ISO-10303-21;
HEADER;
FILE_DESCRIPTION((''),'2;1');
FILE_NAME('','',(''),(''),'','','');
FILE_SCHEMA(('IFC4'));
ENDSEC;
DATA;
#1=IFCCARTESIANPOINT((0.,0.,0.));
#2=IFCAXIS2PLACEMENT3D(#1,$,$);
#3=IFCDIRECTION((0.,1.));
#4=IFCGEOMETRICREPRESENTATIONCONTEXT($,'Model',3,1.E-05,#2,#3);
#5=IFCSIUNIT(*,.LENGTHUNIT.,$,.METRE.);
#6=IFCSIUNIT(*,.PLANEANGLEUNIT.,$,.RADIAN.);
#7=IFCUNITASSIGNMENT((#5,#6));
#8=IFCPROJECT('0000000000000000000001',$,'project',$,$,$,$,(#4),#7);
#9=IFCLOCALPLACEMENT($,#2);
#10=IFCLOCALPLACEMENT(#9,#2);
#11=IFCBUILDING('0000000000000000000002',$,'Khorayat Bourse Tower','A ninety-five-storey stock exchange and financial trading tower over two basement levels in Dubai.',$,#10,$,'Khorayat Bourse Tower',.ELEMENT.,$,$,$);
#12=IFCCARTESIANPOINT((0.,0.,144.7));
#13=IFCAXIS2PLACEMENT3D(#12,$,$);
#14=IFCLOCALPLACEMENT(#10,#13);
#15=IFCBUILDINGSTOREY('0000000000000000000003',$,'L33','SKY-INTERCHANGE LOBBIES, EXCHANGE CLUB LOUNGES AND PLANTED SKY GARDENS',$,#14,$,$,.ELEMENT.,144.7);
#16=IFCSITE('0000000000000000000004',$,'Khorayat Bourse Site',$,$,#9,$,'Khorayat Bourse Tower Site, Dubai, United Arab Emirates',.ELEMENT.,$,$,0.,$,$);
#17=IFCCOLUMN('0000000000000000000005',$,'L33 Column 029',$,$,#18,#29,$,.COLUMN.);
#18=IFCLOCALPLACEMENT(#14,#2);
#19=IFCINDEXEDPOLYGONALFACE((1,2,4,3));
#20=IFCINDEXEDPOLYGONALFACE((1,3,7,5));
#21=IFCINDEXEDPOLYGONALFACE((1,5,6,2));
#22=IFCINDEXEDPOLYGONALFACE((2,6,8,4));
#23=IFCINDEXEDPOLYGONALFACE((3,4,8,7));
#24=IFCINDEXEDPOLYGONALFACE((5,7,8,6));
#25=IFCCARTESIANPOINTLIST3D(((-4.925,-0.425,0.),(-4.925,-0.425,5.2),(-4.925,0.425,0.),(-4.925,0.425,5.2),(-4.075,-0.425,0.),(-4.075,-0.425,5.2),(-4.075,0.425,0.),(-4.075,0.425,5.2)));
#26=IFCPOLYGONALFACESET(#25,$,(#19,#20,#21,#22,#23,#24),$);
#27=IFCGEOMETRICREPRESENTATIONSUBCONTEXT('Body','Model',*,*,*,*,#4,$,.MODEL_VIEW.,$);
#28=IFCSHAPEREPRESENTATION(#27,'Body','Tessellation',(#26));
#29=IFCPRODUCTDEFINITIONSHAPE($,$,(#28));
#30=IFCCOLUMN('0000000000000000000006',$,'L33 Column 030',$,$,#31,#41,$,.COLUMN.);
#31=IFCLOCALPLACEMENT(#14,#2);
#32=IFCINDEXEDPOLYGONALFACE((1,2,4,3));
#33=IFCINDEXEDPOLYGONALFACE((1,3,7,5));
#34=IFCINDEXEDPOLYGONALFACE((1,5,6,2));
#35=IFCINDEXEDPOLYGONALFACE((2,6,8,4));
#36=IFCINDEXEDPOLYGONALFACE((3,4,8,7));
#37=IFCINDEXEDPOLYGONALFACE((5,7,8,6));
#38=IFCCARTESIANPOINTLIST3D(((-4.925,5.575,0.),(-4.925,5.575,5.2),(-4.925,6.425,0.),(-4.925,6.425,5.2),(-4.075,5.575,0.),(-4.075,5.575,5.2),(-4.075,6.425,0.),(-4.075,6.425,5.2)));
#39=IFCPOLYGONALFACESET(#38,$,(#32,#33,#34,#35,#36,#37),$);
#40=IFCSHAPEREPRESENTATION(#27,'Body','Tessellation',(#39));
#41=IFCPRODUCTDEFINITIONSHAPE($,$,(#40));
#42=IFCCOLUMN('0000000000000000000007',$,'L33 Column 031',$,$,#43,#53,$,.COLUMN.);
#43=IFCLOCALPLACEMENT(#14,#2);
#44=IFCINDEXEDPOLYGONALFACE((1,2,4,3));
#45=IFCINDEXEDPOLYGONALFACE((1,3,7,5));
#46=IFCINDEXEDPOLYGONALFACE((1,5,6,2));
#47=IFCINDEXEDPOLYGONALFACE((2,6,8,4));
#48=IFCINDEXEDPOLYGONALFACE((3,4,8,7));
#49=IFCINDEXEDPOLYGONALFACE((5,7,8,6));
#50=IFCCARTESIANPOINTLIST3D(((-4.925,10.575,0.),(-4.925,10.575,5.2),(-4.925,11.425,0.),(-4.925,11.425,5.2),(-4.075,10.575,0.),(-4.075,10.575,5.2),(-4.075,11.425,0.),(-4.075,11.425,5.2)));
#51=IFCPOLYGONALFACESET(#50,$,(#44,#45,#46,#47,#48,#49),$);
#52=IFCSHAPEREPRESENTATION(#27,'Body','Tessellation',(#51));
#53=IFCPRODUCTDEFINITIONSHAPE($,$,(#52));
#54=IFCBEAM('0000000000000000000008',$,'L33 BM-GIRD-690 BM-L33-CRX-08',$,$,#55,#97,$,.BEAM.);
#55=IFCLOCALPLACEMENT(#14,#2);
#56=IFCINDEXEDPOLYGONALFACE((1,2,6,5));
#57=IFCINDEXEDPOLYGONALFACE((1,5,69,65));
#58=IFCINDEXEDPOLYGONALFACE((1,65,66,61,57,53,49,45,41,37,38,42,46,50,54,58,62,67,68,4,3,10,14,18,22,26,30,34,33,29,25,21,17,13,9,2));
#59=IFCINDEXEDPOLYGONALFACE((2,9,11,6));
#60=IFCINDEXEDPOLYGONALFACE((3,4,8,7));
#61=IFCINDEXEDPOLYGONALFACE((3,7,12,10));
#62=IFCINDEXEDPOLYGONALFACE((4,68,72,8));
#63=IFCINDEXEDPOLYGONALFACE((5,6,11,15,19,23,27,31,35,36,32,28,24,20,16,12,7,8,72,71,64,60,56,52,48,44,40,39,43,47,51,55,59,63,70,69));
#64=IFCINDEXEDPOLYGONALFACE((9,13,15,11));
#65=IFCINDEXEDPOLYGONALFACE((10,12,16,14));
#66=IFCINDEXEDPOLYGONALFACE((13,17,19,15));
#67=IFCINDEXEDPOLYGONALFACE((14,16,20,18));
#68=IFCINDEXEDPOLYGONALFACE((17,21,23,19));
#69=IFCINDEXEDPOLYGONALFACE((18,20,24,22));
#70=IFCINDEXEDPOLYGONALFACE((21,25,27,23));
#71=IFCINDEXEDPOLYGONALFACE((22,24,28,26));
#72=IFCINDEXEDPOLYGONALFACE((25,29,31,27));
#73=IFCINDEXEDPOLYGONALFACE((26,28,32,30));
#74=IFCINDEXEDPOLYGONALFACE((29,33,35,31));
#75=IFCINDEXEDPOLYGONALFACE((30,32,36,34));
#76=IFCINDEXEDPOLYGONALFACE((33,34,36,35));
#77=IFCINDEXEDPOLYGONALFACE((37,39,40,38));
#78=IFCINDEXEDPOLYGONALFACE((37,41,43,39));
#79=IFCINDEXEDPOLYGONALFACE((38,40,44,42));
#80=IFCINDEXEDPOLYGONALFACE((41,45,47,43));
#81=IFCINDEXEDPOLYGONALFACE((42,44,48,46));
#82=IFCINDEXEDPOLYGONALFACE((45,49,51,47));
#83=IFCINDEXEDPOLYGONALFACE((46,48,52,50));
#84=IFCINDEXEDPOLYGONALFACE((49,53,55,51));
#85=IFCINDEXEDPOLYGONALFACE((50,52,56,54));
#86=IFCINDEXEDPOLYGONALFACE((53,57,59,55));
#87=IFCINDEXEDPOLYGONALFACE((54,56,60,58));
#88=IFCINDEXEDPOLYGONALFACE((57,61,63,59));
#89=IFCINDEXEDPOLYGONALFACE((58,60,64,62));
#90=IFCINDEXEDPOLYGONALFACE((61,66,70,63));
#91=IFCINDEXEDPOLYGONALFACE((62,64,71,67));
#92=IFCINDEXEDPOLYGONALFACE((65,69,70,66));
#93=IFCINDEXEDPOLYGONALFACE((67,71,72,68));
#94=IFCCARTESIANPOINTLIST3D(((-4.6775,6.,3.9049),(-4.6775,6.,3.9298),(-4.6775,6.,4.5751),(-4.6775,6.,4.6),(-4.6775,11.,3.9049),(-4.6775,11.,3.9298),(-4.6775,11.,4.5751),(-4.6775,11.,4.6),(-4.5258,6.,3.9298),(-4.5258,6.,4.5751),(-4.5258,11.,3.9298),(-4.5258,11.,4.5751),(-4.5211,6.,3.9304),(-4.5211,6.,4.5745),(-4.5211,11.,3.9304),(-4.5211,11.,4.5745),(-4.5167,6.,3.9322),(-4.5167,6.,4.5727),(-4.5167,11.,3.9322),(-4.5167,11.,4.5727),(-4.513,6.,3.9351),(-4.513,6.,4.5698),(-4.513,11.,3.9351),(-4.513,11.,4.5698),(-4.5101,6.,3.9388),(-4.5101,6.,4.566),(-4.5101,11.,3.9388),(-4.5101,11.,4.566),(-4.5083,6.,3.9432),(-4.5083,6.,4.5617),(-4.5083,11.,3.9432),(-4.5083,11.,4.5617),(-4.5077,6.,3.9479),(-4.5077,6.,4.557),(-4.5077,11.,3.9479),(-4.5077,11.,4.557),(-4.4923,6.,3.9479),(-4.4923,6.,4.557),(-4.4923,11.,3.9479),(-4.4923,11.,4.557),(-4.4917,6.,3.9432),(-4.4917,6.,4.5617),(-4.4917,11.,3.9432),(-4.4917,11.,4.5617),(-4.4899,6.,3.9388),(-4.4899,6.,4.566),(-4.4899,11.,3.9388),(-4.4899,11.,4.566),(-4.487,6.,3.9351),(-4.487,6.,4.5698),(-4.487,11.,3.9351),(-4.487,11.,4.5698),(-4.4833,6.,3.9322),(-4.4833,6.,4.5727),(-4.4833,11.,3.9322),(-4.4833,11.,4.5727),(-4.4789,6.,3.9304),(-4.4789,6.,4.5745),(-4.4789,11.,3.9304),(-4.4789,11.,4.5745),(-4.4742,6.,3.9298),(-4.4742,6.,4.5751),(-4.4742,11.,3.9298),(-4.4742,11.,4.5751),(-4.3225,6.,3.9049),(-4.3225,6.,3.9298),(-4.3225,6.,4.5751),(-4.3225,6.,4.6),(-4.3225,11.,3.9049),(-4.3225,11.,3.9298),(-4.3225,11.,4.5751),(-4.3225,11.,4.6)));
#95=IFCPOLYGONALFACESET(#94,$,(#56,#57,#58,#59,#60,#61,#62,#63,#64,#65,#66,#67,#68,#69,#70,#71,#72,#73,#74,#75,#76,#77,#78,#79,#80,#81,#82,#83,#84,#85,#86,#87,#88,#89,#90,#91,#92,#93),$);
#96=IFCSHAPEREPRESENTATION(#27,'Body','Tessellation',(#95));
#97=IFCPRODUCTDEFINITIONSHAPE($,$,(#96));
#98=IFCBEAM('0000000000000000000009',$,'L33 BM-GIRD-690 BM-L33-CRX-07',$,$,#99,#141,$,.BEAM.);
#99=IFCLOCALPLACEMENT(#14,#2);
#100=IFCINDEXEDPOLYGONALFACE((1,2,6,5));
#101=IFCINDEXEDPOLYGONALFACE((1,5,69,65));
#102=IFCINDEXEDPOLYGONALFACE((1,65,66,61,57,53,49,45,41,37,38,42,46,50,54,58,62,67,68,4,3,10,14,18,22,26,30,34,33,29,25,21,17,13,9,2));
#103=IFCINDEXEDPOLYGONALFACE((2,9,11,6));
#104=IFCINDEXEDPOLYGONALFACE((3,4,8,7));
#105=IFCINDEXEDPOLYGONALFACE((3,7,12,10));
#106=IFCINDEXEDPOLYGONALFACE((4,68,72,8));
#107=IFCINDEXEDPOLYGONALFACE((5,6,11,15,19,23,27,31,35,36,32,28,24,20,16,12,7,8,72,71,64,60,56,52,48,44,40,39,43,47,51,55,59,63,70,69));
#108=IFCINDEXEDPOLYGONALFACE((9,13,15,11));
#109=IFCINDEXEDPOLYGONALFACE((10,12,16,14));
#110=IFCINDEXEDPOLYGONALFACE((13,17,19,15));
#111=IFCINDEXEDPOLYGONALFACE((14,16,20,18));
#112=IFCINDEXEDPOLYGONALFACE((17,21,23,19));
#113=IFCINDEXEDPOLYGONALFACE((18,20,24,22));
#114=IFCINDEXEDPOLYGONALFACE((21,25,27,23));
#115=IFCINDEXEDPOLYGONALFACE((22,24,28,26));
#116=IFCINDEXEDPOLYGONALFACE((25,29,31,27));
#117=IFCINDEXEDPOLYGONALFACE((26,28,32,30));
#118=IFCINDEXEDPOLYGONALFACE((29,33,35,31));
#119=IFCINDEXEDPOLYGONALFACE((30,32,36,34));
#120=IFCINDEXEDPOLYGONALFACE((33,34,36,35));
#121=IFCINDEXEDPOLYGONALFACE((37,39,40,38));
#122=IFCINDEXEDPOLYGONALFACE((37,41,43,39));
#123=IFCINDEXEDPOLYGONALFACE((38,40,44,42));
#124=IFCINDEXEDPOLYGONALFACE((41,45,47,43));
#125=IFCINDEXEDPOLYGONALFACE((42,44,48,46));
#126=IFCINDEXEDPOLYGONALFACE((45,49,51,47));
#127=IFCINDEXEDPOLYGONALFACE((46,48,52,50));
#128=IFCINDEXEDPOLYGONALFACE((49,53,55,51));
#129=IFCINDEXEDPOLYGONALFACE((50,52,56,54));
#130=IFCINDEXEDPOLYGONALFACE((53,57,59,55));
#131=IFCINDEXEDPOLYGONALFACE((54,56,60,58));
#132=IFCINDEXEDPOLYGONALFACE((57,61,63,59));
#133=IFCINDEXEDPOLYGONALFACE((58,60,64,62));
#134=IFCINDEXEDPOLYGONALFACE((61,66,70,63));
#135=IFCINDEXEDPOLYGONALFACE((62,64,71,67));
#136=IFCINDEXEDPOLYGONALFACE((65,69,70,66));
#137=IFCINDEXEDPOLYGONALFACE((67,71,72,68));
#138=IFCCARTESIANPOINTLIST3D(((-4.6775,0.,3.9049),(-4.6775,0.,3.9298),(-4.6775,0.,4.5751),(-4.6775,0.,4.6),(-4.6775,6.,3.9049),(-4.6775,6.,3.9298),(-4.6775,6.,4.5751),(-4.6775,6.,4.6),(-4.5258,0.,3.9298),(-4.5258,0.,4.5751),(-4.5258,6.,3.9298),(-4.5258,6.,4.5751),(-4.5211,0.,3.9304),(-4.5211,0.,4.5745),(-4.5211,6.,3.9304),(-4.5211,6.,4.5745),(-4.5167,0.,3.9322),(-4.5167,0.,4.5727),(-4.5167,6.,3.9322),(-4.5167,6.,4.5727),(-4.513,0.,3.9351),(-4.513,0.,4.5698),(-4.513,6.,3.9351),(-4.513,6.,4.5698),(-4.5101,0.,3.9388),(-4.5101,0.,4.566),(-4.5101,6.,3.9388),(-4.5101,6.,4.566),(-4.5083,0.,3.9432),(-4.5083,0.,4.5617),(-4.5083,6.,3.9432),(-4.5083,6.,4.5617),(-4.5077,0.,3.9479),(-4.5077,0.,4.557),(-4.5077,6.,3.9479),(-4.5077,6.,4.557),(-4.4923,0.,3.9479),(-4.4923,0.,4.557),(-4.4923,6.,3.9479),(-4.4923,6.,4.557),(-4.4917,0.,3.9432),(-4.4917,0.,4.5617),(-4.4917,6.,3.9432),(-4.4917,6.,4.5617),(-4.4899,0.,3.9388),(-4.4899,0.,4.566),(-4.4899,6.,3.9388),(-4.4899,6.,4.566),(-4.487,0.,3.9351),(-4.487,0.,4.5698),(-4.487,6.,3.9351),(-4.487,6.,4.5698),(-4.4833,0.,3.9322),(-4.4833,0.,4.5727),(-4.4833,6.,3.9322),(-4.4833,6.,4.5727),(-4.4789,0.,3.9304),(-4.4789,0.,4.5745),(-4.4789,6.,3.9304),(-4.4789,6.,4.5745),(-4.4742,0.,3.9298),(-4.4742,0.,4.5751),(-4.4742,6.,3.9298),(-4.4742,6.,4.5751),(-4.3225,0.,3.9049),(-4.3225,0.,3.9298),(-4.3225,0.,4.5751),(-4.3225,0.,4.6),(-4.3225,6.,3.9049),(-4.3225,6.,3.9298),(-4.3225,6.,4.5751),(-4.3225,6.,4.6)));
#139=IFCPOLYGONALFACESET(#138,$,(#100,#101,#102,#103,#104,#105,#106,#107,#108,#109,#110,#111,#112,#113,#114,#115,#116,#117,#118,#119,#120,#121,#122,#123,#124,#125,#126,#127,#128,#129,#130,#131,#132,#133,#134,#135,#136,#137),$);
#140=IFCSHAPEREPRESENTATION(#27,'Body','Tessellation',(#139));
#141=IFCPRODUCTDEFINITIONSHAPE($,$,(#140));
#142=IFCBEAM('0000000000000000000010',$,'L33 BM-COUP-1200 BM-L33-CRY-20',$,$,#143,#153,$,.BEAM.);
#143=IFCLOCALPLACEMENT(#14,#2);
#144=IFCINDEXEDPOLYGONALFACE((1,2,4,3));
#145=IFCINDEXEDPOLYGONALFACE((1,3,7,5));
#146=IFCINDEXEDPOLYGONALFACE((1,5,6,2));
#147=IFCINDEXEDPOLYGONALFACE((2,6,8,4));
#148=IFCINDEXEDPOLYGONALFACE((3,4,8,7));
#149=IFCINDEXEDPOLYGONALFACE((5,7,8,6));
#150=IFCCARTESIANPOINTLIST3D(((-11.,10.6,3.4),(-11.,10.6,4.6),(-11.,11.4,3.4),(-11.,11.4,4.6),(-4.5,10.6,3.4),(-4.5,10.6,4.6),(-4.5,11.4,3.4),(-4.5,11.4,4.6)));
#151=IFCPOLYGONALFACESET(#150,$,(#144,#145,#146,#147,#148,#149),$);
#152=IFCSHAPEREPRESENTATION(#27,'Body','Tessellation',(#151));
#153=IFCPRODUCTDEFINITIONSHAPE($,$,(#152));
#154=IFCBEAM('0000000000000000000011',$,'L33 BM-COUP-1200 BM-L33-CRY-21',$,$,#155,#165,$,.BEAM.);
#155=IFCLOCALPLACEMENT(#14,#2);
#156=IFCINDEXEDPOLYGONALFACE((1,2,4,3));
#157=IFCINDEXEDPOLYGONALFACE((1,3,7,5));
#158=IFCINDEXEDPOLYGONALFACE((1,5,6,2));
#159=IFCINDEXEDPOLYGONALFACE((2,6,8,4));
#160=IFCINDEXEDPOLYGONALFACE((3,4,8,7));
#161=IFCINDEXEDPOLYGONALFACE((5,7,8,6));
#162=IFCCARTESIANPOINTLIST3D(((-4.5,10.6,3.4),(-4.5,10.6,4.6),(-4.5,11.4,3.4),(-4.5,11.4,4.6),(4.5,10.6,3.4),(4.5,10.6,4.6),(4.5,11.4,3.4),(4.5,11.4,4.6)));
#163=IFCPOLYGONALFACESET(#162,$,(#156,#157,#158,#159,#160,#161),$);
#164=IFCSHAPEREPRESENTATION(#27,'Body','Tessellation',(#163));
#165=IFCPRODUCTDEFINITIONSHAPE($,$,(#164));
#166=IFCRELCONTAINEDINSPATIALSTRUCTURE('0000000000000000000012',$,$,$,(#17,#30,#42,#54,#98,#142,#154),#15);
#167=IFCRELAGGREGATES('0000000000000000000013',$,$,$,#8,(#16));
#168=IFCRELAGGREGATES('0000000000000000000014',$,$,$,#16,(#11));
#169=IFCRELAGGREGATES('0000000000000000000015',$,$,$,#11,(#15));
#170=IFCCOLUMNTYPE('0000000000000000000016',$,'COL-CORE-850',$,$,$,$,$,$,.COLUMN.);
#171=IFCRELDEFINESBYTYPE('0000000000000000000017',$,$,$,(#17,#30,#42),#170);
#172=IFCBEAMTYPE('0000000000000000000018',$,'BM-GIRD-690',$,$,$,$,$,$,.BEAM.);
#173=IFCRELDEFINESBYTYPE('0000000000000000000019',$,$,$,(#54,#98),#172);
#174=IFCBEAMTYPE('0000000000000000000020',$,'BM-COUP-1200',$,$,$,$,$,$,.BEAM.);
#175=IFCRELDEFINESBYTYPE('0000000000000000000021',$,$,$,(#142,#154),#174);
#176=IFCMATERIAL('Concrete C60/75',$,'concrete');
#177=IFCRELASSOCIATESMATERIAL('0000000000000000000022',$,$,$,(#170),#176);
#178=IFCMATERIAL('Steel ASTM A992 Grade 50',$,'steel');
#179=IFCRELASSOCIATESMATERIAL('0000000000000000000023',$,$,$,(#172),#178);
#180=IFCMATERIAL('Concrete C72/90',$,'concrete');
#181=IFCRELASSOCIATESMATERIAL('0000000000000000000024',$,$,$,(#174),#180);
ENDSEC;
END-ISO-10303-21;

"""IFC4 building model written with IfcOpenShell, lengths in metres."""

from ifc_helpers import new_model, si_unit, direction, frame, origin, origin_2d, place, context, subcontext, project, spatial, rectangle, i_section, extrude, source, transform, mapped, material, material_profile, profile_set, type_object, element, save


model = new_model("IFC4")

# Units and contexts
model_context = context("Model", 3, precision=1e-05, world=origin(), true_north=direction((0.0, 1.0)))
body_context = subcontext(model_context, "Body", "Model", "MODEL_VIEW")
ifc_project = project(units=[si_unit("LENGTHUNIT", "METRE"), si_unit("PLANEANGLEUNIT", "RADIAN")], contexts=[model_context])

# Site, building, storey
site_placement = place(None, origin())
site = spatial("IfcSite", under=ifc_project, at=site_placement, Name="Khorayat Bourse Site", LongName="Khorayat Bourse Tower Site, Dubai, United Arab Emirates", CompositionType="ELEMENT", RefElevation=0.0)
building_placement = place(site_placement, origin())
building = spatial("IfcBuilding", under=site, at=building_placement, Name="Khorayat Bourse Tower", Description="A ninety-five-storey stock exchange and financial trading tower over two basement levels in Dubai.", LongName="Khorayat Bourse Tower", CompositionType="ELEMENT")
storey_placement = place(building_placement, frame((0.0, 0.0, 144.7)))
storey = spatial("IfcBuildingStorey", under=building, at=storey_placement, Name="L33", Description="SKY-INTERCHANGE LOBBIES, EXCHANGE CLUB LOUNGES AND PLANTED SKY GARDENS", CompositionType="ELEMENT", Elevation=144.7)

# Columns
ifc_material_1 = material(Name="Concrete C60/75", Category="concrete")
ifc_material_profile_1 = material_profile(ifc_material_1, rectangle(XDim=0.8501, YDim=0.8501, at=origin_2d()), Name="RC 850x850")
ifc_profile_set_1 = profile_set([ifc_material_profile_1], Name="Concrete C60/75")
column_type = type_object("IfcColumnType", Name="COL-CORE-850", PredefinedType="COLUMN", material=ifc_profile_set_1)
shared_shape_1 = source(origin(), body_context, "Body", "SweptSolid", [
    extrude(rectangle(XDim=0.8501, YDim=0.8501, at=origin_2d()), origin(), (0.0, 0.0, 1.0), 5.2),
])
for number, where, z_axis, x_axis, name in (
    (1, (-4.5, 0.0, 0.0), (0.0, 0.0, 1.0), (1.0, 0.0, 0.0), "L33 Column 029"),
    (2, (-4.5, 6.0, 0.0), (0.0, 0.0, 1.0), (1.0, 0.0, 0.0), "L33 Column 030"),
    (3, (-4.5, 11.0, 0.0), (0.0, 0.0, 1.0), (1.0, 0.0, 0.0), "L33 Column 031"),
):
    element("IfcColumn", number, at=place(storey_placement, frame(where, z_axis=z_axis, x_axis=x_axis)), inside=storey, type_object=column_type, Name=name, PredefinedType="COLUMN", context=body_context, shape_type="MappedRepresentation", body=[
        mapped(shared_shape_1, transform((0.0, 0.0, 0.0), scale=1.0)),
    ])

# Beams
ifc_material_2 = material(Name="Steel ASTM A992 Grade 50", Category="steel")
ifc_material_profile_2 = material_profile(ifc_material_2, i_section(OverallWidth=0.355, OverallDepth=0.6951, WebThickness=0.0154, FlangeThickness=0.0249, FilletRadius=0.0181, at=origin_2d()), Name="W690X217")
ifc_profile_set_2 = profile_set([ifc_material_profile_2], Name="Steel ASTM A992 Grade 50")
beam_type_1 = type_object("IfcBeamType", Name="BM-GIRD-690", PredefinedType="BEAM", material=ifc_profile_set_2)
shared_shape_2 = source(origin(), body_context, "Body", "SweptSolid", [
    extrude(i_section(OverallWidth=0.355, OverallDepth=0.6951, WebThickness=0.0154, FlangeThickness=0.0249, FilletRadius=0.0181, at=origin_2d()), origin(), (0.0, 0.0, 1.0), 5.0),
])
beam_1_placement = place(storey_placement, frame((-4.5, 6.0, 4.2524), z_axis=(0.0, 1.0, 0.0), x_axis=(-1.0, 0.0, 0.0)))
element("IfcBeam", 4, at=beam_1_placement, inside=storey, type_object=beam_type_1, Name="L33 BM-GIRD-690 BM-L33-CRX-08", PredefinedType="BEAM", context=body_context, shape_type="MappedRepresentation", body=[
    mapped(shared_shape_2, transform((0.0, 0.0, 0.0), scale=1.0)),
])
shared_shape_3 = source(origin(), body_context, "Body", "SweptSolid", [
    extrude(i_section(OverallWidth=0.355, OverallDepth=0.6951, WebThickness=0.0154, FlangeThickness=0.0249, FilletRadius=0.0181, at=origin_2d()), origin(), (0.0, 0.0, 1.0), 6.0),
])
beam_2_placement = place(storey_placement, frame((-4.5, 0.0, 4.2524), z_axis=(0.0, 1.0, 0.0), x_axis=(-1.0, 0.0, 0.0)))
element("IfcBeam", 5, at=beam_2_placement, inside=storey, type_object=beam_type_1, Name="L33 BM-GIRD-690 BM-L33-CRX-07", PredefinedType="BEAM", context=body_context, shape_type="MappedRepresentation", body=[
    mapped(shared_shape_3, transform((0.0, 0.0, 0.0), scale=1.0)),
])
ifc_material_3 = material(Name="Concrete C72/90", Category="concrete")
ifc_material_profile_3 = material_profile(ifc_material_3, rectangle(XDim=0.8, YDim=1.2, at=origin_2d()), Name="RC 800x1200")
ifc_profile_set_3 = profile_set([ifc_material_profile_3], Name="Concrete C72/90")
beam_type_2 = type_object("IfcBeamType", Name="BM-COUP-1200", PredefinedType="BEAM", material=ifc_profile_set_3)
shared_shape_4 = source(origin(), body_context, "Body", "SweptSolid", [
    extrude(rectangle(XDim=0.8, YDim=1.2, at=origin_2d()), origin(), (0.0, 0.0, 1.0), 6.5),
])
beam_3_placement = place(storey_placement, frame((-11.0, 11.0, 4.0), z_axis=(1.0, 0.0, 0.0), x_axis=(0.0, 1.0, 0.0)))
element("IfcBeam", 6, at=beam_3_placement, inside=storey, type_object=beam_type_2, Name="L33 BM-COUP-1200 BM-L33-CRY-20", PredefinedType="BEAM", context=body_context, shape_type="MappedRepresentation", body=[
    mapped(shared_shape_4, transform((0.0, 0.0, 0.0), scale=1.0)),
])
shared_shape_5 = source(origin(), body_context, "Body", "SweptSolid", [
    extrude(rectangle(XDim=0.8, YDim=1.2, at=origin_2d()), origin(), (0.0, 0.0, 1.0), 9.0),
])
beam_4_placement = place(storey_placement, frame((-4.5, 11.0, 4.0), z_axis=(1.0, 0.0, 0.0), x_axis=(0.0, 1.0, 0.0)))
element("IfcBeam", 7, at=beam_4_placement, inside=storey, type_object=beam_type_2, Name="L33 BM-COUP-1200 BM-L33-CRY-21", PredefinedType="BEAM", context=body_context, shape_type="MappedRepresentation", body=[
    mapped(shared_shape_5, transform((0.0, 0.0, 0.0), scale=1.0)),
])

save(model, "model.ifc")
